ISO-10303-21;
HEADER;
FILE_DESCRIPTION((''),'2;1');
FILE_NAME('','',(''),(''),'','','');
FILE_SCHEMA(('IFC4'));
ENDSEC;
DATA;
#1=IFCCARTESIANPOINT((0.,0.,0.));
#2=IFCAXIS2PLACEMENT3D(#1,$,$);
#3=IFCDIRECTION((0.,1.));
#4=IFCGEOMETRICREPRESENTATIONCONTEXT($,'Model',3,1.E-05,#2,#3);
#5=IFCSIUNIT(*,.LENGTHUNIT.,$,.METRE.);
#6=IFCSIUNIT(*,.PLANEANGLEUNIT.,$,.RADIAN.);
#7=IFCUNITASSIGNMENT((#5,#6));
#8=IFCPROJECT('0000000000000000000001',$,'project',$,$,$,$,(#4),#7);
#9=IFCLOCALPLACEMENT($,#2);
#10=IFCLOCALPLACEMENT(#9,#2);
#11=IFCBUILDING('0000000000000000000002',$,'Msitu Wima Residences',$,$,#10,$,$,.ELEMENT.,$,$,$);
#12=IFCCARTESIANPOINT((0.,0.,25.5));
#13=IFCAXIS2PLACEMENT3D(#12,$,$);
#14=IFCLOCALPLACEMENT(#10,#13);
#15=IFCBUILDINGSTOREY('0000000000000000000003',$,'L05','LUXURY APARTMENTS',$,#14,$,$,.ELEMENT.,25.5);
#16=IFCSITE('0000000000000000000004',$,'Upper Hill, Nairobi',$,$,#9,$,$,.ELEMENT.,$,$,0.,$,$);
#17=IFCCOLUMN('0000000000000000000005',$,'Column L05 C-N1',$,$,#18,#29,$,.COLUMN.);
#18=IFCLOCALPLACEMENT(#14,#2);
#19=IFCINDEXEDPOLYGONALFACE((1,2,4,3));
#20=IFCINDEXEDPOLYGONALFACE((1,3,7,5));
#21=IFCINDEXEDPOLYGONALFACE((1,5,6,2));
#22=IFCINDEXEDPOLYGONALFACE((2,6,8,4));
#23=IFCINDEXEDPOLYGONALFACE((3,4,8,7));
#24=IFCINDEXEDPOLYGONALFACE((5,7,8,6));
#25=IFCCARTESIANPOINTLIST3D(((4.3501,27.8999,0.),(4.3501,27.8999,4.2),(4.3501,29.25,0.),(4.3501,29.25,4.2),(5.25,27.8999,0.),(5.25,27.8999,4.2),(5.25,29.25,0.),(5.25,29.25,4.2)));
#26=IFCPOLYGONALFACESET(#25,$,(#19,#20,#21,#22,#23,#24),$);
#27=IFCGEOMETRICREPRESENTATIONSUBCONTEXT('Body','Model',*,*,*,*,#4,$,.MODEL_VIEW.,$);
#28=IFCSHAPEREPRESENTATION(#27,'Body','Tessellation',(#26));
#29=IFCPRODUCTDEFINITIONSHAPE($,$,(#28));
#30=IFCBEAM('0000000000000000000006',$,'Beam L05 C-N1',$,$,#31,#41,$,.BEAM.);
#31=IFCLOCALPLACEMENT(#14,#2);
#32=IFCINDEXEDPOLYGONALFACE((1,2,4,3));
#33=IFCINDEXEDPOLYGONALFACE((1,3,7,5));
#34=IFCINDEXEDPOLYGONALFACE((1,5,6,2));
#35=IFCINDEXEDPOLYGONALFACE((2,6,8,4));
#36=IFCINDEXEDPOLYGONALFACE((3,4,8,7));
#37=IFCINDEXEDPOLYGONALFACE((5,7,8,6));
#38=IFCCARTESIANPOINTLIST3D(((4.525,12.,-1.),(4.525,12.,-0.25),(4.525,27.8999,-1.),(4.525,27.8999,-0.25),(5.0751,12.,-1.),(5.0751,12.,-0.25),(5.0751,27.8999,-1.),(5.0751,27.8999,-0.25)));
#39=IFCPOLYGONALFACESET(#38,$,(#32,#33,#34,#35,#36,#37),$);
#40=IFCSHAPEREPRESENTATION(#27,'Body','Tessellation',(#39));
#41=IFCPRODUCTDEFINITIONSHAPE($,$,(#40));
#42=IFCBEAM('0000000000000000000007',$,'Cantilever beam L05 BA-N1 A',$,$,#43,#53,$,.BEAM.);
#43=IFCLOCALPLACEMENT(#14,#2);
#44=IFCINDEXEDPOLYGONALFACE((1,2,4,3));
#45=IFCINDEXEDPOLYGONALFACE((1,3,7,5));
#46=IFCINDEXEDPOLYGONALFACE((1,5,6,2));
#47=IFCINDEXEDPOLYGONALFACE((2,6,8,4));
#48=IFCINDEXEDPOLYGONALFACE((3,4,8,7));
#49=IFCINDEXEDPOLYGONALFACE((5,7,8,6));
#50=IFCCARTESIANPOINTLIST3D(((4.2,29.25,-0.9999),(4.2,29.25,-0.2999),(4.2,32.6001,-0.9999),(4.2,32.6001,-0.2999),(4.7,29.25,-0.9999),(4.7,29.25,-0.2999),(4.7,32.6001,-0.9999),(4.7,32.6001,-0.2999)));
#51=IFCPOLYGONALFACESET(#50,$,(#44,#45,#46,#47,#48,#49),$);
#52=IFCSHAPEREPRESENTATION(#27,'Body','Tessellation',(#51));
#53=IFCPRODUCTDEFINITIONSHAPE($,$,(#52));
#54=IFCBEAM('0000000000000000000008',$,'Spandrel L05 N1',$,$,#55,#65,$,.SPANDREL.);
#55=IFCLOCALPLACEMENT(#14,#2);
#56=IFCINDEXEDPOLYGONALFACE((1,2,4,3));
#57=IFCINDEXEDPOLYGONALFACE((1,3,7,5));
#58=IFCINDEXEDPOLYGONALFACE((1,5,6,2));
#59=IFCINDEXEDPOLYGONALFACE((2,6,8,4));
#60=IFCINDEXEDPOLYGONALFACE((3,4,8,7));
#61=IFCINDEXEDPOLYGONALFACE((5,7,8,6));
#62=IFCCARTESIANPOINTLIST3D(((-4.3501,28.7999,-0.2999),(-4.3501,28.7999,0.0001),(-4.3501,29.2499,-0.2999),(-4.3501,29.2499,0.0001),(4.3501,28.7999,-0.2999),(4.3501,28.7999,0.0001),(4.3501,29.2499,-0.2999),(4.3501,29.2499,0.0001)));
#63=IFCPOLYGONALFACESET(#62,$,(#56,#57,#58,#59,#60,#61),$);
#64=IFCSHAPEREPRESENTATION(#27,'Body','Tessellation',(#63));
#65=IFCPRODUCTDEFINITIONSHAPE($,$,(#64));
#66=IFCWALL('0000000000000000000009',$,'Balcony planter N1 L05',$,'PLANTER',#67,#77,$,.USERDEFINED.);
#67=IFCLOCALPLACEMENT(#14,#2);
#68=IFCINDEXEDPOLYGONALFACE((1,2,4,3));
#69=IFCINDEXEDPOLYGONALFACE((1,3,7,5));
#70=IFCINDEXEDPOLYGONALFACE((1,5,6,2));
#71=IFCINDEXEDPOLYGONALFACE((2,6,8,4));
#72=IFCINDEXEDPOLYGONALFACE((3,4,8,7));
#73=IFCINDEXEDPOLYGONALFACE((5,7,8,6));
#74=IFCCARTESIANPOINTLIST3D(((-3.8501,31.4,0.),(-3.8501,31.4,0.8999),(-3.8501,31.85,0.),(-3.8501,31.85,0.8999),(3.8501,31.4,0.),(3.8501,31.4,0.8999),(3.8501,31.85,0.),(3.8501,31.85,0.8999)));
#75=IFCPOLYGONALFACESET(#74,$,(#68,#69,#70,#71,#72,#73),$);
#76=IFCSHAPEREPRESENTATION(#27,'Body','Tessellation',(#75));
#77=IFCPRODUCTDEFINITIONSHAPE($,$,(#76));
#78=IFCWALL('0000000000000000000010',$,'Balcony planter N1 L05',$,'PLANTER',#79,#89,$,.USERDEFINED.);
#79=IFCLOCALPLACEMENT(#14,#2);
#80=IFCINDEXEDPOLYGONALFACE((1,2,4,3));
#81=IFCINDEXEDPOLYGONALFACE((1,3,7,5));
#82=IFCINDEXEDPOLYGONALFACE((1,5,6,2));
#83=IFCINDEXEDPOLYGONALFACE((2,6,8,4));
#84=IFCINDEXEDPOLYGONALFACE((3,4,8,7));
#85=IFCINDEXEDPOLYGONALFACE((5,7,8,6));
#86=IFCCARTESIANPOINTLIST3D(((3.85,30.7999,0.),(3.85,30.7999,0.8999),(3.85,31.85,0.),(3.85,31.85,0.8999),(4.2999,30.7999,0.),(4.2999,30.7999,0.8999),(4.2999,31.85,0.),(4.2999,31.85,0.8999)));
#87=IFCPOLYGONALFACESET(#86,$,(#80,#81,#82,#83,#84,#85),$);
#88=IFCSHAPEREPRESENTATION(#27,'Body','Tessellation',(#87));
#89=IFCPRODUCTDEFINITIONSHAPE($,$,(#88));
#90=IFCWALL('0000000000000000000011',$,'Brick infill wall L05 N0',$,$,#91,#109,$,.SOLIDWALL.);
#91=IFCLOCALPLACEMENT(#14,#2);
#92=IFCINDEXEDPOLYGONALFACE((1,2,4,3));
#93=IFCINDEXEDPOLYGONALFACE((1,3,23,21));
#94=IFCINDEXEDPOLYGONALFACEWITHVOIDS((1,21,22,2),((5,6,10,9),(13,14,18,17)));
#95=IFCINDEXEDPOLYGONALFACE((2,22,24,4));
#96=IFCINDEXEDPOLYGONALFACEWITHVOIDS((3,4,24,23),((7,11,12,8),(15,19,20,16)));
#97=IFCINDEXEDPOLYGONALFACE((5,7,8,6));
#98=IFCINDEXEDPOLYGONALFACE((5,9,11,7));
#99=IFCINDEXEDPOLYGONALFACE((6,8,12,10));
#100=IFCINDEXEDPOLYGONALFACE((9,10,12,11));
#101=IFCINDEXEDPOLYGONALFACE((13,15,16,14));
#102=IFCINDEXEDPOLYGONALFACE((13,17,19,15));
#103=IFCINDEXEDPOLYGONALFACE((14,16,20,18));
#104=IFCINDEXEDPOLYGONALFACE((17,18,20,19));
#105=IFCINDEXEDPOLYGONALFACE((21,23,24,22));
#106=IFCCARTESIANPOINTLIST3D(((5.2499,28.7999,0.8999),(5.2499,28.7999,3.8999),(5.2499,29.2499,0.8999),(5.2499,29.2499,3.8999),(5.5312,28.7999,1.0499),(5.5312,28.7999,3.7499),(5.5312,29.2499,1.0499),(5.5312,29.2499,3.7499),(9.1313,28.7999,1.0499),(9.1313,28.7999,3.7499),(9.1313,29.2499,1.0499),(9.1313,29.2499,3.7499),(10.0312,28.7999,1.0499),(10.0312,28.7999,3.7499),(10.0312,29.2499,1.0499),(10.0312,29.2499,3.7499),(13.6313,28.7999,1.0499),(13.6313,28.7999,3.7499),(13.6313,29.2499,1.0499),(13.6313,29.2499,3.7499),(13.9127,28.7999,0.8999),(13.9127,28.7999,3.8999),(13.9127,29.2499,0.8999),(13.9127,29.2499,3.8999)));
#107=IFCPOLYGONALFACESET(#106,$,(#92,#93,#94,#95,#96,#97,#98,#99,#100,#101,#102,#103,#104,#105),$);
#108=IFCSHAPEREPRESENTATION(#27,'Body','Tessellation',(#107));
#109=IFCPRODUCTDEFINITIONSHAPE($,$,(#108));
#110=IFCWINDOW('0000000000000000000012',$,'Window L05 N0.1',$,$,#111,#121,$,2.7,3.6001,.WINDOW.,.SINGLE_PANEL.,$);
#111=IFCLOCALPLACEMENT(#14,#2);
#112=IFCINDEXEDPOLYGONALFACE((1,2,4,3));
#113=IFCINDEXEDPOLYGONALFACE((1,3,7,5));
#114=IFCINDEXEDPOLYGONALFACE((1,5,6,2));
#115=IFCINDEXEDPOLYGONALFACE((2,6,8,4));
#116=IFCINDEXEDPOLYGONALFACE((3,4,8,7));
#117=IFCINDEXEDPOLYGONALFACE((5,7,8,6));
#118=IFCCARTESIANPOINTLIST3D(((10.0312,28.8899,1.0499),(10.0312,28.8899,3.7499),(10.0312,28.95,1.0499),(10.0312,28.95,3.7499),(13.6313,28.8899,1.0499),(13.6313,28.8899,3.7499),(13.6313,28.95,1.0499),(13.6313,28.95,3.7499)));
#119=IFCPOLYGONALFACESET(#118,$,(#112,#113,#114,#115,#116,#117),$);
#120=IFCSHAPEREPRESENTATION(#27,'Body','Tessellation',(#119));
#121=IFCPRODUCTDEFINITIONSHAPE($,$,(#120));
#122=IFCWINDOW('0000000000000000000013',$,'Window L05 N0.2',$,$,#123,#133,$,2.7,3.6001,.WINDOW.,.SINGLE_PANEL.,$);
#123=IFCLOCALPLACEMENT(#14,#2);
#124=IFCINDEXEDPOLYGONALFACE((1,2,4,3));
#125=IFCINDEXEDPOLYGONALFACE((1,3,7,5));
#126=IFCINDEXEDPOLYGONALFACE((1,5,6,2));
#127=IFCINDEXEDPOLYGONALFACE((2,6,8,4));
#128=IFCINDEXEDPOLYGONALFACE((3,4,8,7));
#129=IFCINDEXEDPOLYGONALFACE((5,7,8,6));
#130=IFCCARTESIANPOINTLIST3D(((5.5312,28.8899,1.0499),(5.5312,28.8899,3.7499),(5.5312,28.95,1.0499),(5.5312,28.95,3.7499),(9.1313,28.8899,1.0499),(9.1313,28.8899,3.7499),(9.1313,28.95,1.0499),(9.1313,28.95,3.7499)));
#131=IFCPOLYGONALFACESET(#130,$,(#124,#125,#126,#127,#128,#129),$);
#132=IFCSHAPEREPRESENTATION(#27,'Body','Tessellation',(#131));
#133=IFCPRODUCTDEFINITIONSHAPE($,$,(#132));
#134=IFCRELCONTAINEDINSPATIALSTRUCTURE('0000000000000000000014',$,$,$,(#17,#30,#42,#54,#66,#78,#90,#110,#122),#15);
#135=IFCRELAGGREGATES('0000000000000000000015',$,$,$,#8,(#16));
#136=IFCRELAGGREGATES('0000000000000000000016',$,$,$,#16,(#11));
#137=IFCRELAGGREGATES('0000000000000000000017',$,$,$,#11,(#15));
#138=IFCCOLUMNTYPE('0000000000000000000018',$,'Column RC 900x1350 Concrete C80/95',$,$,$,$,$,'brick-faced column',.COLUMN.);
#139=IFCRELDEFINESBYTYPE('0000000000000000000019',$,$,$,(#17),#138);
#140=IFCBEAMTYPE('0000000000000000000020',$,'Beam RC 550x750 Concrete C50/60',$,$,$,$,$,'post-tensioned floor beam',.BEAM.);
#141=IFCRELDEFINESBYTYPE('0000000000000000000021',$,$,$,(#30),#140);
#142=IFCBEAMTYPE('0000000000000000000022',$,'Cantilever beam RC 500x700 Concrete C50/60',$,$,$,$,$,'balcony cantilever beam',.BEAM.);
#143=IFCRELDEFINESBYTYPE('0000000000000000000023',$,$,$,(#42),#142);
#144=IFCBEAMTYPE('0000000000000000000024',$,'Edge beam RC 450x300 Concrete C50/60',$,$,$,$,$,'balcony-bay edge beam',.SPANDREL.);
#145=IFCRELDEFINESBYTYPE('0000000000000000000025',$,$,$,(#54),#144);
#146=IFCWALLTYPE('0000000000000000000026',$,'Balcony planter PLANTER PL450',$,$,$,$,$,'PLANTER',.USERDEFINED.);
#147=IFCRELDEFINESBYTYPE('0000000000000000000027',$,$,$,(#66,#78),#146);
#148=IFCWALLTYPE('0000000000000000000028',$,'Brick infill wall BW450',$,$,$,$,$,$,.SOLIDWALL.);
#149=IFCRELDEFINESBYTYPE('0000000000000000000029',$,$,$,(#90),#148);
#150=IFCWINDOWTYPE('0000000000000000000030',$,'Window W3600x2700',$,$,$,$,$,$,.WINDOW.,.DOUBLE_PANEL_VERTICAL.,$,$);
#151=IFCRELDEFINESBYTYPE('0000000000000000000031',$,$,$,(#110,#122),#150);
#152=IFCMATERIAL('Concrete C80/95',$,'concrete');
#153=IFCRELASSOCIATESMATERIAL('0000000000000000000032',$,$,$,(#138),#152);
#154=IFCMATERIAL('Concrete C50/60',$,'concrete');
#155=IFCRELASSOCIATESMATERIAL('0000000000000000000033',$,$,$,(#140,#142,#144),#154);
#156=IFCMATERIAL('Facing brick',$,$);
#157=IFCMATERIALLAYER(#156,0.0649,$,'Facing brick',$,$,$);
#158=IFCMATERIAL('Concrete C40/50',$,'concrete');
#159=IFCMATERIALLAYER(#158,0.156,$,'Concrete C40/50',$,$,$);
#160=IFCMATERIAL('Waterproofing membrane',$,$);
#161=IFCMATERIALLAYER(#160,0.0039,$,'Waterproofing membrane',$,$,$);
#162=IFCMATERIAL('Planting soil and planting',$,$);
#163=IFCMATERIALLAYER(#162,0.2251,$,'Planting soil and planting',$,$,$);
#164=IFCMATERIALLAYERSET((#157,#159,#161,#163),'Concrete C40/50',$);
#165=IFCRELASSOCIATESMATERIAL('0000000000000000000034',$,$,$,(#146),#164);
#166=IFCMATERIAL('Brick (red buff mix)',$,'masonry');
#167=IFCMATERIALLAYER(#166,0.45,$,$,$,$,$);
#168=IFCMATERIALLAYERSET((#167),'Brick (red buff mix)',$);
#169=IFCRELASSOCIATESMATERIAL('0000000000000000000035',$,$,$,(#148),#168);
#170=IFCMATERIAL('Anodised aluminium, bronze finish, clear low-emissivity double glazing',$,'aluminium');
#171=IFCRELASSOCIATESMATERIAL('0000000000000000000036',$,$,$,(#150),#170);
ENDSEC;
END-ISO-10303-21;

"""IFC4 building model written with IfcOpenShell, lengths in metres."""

from ifc_helpers import new_model, si_unit, direction, frame, frame_2d, origin, origin_2d, place, context, subcontext, project, spatial, rectangle, extrude, material, layer, layer_set, material_profile, profile_set, type_object, element, fill, save


model = new_model("IFC4")

# Units and contexts
model_context = context("Model", 3, precision=1e-05, world=origin(), true_north=direction((0.0, 1.0)))
body_context = subcontext(model_context, "Body", "Model", "MODEL_VIEW")
ifc_project = project(units=[si_unit("LENGTHUNIT", "METRE"), si_unit("PLANEANGLEUNIT", "RADIAN")], contexts=[model_context])

# Site, building, storey
site_placement = place(None, origin())
site = spatial("IfcSite", under=ifc_project, at=site_placement, Name="Upper Hill, Nairobi", CompositionType="ELEMENT", RefElevation=0.0)
building_placement = place(site_placement, origin())
building = spatial("IfcBuilding", under=site, at=building_placement, Name="Msitu Wima Residences", CompositionType="ELEMENT")
storey_placement = place(building_placement, frame((0.0, 0.0, 25.5)))
storey = spatial("IfcBuildingStorey", under=building, at=storey_placement, Name="L05", Description="LUXURY APARTMENTS", CompositionType="ELEMENT", Elevation=25.5)

# Column
ifc_material_1 = material(Name="Concrete C80/95", Category="concrete")
ifc_material_profile_1 = material_profile(ifc_material_1, rectangle(XDim=0.8999, YDim=1.3501, at=origin_2d()), Name="RC 900x1350")
ifc_profile_set_1 = profile_set([ifc_material_profile_1], Name="Concrete C80/95")
column_type = type_object("IfcColumnType", Name="Column RC 900x1350 Concrete C80/95", ElementType="brick-faced column", PredefinedType="COLUMN", material=ifc_profile_set_1)
column_placement = place(storey_placement, frame((4.8, 28.575, 0.0), z_axis=(0.0, 0.0, 1.0), x_axis=(-1.0, 0.0, 0.0)))
element("IfcColumn", 1, at=column_placement, inside=storey, type_object=column_type, Name="Column L05 C-N1", PredefinedType="COLUMN", context=body_context, shape_type="SweptSolid", body=[
    extrude(rectangle(XDim=0.8999, YDim=1.3501, at=origin_2d()), origin(), (0.0, 0.0, 1.0), 4.2),
])

# Beams
ifc_material_2 = material(Name="Concrete C50/60", Category="concrete")
ifc_material_profile_2 = material_profile(ifc_material_2, rectangle(XDim=0.55, YDim=0.75, at=origin_2d()), Name="RC 550x750")
ifc_profile_set_2 = profile_set([ifc_material_profile_2], Name="Concrete C50/60")
beam_type_1 = type_object("IfcBeamType", Name="Beam RC 550x750 Concrete C50/60", ElementType="post-tensioned floor beam", PredefinedType="BEAM", material=ifc_profile_set_2)
beam_1_placement = place(storey_placement, frame((4.8, 27.8999, -0.625), z_axis=(0.0, -1.0, 0.0), x_axis=(1.0, 0.0, 0.0)))
element("IfcBeam", 2, at=beam_1_placement, inside=storey, type_object=beam_type_1, Name="Beam L05 C-N1", PredefinedType="BEAM", context=body_context, shape_type="SweptSolid", body=[
    extrude(rectangle(XDim=0.55, YDim=0.75, at=origin_2d()), origin(), (0.0, 0.0, 1.0), 15.8999),
])
ifc_material_profile_3 = material_profile(ifc_material_2, rectangle(XDim=0.5, YDim=0.7, at=origin_2d()), Name="RC 500x700")
ifc_profile_set_3 = profile_set([ifc_material_profile_3], Name="Concrete C50/60")
beam_type_2 = type_object("IfcBeamType", Name="Cantilever beam RC 500x700 Concrete C50/60", ElementType="balcony cantilever beam", PredefinedType="BEAM", material=ifc_profile_set_3)
beam_2_placement = place(storey_placement, frame((4.45, 29.25, -0.6499), z_axis=(0.0, 1.0, 0.0), x_axis=(-1.0, 0.0, 0.0)))
element("IfcBeam", 3, at=beam_2_placement, inside=storey, type_object=beam_type_2, Name="Cantilever beam L05 BA-N1 A", PredefinedType="BEAM", context=body_context, shape_type="SweptSolid", body=[
    extrude(rectangle(XDim=0.5, YDim=0.7, at=origin_2d()), origin(), (0.0, 0.0, 1.0), 3.3501),
])
ifc_material_profile_4 = material_profile(ifc_material_2, rectangle(XDim=0.45, YDim=0.3, at=origin_2d()), Name="RC 450x300")
ifc_profile_set_4 = profile_set([ifc_material_profile_4], Name="Concrete C50/60")
beam_type_3 = type_object("IfcBeamType", Name="Edge beam RC 450x300 Concrete C50/60", ElementType="balcony-bay edge beam", PredefinedType="SPANDREL", material=ifc_profile_set_4)
beam_3_placement = place(storey_placement, frame((4.3501, 29.0249, -0.1499), z_axis=(-1.0, 0.0, 0.0), x_axis=(0.0, -1.0, 0.0)))
element("IfcBeam", 4, at=beam_3_placement, inside=storey, type_object=beam_type_3, Name="Spandrel L05 N1", PredefinedType="SPANDREL", context=body_context, shape_type="SweptSolid", body=[
    extrude(rectangle(XDim=0.45, YDim=0.3, at=origin_2d()), origin(), (0.0, 0.0, 1.0), 8.7002),
])

# Walls
ifc_material_3 = material(Name="Facing brick")
ifc_layer_1 = layer(ifc_material_3, 0.0649, Name="Facing brick")
ifc_material_4 = material(Name="Concrete C40/50", Category="concrete")
ifc_layer_2 = layer(ifc_material_4, 0.156, Name="Concrete C40/50")
ifc_material_5 = material(Name="Waterproofing membrane")
ifc_layer_3 = layer(ifc_material_5, 0.0039, Name="Waterproofing membrane")
ifc_material_6 = material(Name="Planting soil and planting")
ifc_layer_4 = layer(ifc_material_6, 0.2251, Name="Planting soil and planting")
ifc_layer_set_1 = layer_set([ifc_layer_1, ifc_layer_2, ifc_layer_3, ifc_layer_4], Name="Concrete C40/50")
wall_type_1 = type_object("IfcWallType", Name="Balcony planter PLANTER PL450", ElementType="PLANTER", PredefinedType="USERDEFINED", material=ifc_layer_set_1)
wall_1_placement = place(storey_placement, frame((3.8501, 31.625, 0.0), z_axis=(0.0, 0.0, 1.0), x_axis=(-1.0, 0.0, 0.0)))
element("IfcWall", 5, at=wall_1_placement, inside=storey, type_object=wall_type_1, Name="Balcony planter N1 L05", ObjectType="PLANTER", PredefinedType="USERDEFINED", context=body_context, shape_type="SweptSolid", body=[
    extrude(rectangle(XDim=7.7002, YDim=0.45, at=frame_2d((3.8501, 0.0))), origin(), (0.0, 0.0, 1.0), 0.8999),
])
wall_2_placement = place(storey_placement, frame((4.075, 30.8, 0.0), z_axis=(0.0, 0.0, 1.0), x_axis=(0.0, 1.0, 0.0)))
element("IfcWall", 6, at=wall_2_placement, inside=storey, type_object=wall_type_1, Name="Balcony planter N1 L05", ObjectType="PLANTER", PredefinedType="USERDEFINED", context=body_context, shape_type="SweptSolid", body=[
    extrude(rectangle(XDim=1.05, YDim=0.45, at=frame_2d((0.5249, 0.0))), origin(), (0.0, 0.0, 1.0), 0.8999),
])

# Wall, openings, windows
ifc_material_7 = material(Name="Brick (red buff mix)", Category="masonry")
ifc_layer_5 = layer(ifc_material_7, 0.45)
ifc_layer_set_2 = layer_set([ifc_layer_5], Name="Brick (red buff mix)")
wall_type_2 = type_object("IfcWallType", Name="Brick infill wall BW450", PredefinedType="SOLIDWALL", material=ifc_layer_set_2)
wall_3_placement = place(storey_placement, frame((13.9128, 29.0249, 0.8999), z_axis=(0.0, 0.0, 1.0), x_axis=(-1.0, 0.0, 0.0)))
wall_3 = element("IfcWall", 7, at=wall_3_placement, inside=storey, type_object=wall_type_2, Name="Brick infill wall L05 N0", PredefinedType="SOLIDWALL", context=body_context, shape_type="SweptSolid", body=[
    extrude(rectangle(XDim=8.6628, YDim=0.45, at=frame_2d((4.3315, 0.0))), origin(), (0.0, 0.0, 1.0), 3.0),
])
opening_1_placement = place(wall_3_placement, frame((0.2815, 0.0, 0.1499)))
opening_1 = element("IfcOpeningElement", 8, at=opening_1_placement, cuts=wall_3, PredefinedType="OPENING", context=body_context, shape_type="SweptSolid", body=[
    extrude(rectangle(XDim=3.6001, YDim=2.7, at=frame_2d((1.8, 1.3501))), frame((0.0, 0.2349, 0.0), z_axis=(0.0, -1.0, 0.0), x_axis=(1.0, 0.0, 0.0)), (0.0, 0.0, 1.0), 0.47),
])
opening_2_placement = place(wall_3_placement, frame((4.7815, 0.0, 0.1499)))
opening_2 = element("IfcOpeningElement", 9, at=opening_2_placement, cuts=wall_3, PredefinedType="OPENING", context=body_context, shape_type="SweptSolid", body=[
    extrude(rectangle(XDim=3.6001, YDim=2.7, at=frame_2d((1.8, 1.3501))), frame((0.0, 0.2349, 0.0), z_axis=(0.0, -1.0, 0.0), x_axis=(1.0, 0.0, 0.0)), (0.0, 0.0, 1.0), 0.47),
])
ifc_material_8 = material(Name="Anodised aluminium, bronze finish, clear low-emissivity double glazing", Category="aluminium")
window_type = type_object("IfcWindowType", Name="Window W3600x2700", PartitioningType="DOUBLE_PANEL_VERTICAL", PredefinedType="WINDOW", material=ifc_material_8)
window_1_placement = place(opening_1_placement, origin())
window_1 = element("IfcWindow", 10, at=window_1_placement, inside=storey, type_object=window_type, Name="Window L05 N0.1", OverallHeight=2.7, OverallWidth=3.6001, PartitioningType="SINGLE_PANEL", PredefinedType="WINDOW", context=body_context, shape_type="SweptSolid", body=[
    extrude(rectangle(XDim=3.6001, YDim=2.7, at=frame_2d((1.8, 1.3501))), frame((0.0, 0.135, 0.0), z_axis=(0.0, -1.0, 0.0), x_axis=(1.0, 0.0, 0.0)), (0.0, 0.0, 1.0), 0.0601),
])
fill(opening_1, window_1)
window_2_placement = place(opening_2_placement, origin())
window_2 = element("IfcWindow", 11, at=window_2_placement, inside=storey, type_object=window_type, Name="Window L05 N0.2", OverallHeight=2.7, OverallWidth=3.6001, PartitioningType="SINGLE_PANEL", PredefinedType="WINDOW", context=body_context, shape_type="SweptSolid", body=[
    extrude(rectangle(XDim=3.6001, YDim=2.7, at=frame_2d((1.8, 1.3501))), frame((0.0, 0.135, 0.0), z_axis=(0.0, -1.0, 0.0), x_axis=(1.0, 0.0, 0.0)), (0.0, 0.0, 1.0), 0.0601),
])
fill(opening_2, window_2)

save(model, "model.ifc")
